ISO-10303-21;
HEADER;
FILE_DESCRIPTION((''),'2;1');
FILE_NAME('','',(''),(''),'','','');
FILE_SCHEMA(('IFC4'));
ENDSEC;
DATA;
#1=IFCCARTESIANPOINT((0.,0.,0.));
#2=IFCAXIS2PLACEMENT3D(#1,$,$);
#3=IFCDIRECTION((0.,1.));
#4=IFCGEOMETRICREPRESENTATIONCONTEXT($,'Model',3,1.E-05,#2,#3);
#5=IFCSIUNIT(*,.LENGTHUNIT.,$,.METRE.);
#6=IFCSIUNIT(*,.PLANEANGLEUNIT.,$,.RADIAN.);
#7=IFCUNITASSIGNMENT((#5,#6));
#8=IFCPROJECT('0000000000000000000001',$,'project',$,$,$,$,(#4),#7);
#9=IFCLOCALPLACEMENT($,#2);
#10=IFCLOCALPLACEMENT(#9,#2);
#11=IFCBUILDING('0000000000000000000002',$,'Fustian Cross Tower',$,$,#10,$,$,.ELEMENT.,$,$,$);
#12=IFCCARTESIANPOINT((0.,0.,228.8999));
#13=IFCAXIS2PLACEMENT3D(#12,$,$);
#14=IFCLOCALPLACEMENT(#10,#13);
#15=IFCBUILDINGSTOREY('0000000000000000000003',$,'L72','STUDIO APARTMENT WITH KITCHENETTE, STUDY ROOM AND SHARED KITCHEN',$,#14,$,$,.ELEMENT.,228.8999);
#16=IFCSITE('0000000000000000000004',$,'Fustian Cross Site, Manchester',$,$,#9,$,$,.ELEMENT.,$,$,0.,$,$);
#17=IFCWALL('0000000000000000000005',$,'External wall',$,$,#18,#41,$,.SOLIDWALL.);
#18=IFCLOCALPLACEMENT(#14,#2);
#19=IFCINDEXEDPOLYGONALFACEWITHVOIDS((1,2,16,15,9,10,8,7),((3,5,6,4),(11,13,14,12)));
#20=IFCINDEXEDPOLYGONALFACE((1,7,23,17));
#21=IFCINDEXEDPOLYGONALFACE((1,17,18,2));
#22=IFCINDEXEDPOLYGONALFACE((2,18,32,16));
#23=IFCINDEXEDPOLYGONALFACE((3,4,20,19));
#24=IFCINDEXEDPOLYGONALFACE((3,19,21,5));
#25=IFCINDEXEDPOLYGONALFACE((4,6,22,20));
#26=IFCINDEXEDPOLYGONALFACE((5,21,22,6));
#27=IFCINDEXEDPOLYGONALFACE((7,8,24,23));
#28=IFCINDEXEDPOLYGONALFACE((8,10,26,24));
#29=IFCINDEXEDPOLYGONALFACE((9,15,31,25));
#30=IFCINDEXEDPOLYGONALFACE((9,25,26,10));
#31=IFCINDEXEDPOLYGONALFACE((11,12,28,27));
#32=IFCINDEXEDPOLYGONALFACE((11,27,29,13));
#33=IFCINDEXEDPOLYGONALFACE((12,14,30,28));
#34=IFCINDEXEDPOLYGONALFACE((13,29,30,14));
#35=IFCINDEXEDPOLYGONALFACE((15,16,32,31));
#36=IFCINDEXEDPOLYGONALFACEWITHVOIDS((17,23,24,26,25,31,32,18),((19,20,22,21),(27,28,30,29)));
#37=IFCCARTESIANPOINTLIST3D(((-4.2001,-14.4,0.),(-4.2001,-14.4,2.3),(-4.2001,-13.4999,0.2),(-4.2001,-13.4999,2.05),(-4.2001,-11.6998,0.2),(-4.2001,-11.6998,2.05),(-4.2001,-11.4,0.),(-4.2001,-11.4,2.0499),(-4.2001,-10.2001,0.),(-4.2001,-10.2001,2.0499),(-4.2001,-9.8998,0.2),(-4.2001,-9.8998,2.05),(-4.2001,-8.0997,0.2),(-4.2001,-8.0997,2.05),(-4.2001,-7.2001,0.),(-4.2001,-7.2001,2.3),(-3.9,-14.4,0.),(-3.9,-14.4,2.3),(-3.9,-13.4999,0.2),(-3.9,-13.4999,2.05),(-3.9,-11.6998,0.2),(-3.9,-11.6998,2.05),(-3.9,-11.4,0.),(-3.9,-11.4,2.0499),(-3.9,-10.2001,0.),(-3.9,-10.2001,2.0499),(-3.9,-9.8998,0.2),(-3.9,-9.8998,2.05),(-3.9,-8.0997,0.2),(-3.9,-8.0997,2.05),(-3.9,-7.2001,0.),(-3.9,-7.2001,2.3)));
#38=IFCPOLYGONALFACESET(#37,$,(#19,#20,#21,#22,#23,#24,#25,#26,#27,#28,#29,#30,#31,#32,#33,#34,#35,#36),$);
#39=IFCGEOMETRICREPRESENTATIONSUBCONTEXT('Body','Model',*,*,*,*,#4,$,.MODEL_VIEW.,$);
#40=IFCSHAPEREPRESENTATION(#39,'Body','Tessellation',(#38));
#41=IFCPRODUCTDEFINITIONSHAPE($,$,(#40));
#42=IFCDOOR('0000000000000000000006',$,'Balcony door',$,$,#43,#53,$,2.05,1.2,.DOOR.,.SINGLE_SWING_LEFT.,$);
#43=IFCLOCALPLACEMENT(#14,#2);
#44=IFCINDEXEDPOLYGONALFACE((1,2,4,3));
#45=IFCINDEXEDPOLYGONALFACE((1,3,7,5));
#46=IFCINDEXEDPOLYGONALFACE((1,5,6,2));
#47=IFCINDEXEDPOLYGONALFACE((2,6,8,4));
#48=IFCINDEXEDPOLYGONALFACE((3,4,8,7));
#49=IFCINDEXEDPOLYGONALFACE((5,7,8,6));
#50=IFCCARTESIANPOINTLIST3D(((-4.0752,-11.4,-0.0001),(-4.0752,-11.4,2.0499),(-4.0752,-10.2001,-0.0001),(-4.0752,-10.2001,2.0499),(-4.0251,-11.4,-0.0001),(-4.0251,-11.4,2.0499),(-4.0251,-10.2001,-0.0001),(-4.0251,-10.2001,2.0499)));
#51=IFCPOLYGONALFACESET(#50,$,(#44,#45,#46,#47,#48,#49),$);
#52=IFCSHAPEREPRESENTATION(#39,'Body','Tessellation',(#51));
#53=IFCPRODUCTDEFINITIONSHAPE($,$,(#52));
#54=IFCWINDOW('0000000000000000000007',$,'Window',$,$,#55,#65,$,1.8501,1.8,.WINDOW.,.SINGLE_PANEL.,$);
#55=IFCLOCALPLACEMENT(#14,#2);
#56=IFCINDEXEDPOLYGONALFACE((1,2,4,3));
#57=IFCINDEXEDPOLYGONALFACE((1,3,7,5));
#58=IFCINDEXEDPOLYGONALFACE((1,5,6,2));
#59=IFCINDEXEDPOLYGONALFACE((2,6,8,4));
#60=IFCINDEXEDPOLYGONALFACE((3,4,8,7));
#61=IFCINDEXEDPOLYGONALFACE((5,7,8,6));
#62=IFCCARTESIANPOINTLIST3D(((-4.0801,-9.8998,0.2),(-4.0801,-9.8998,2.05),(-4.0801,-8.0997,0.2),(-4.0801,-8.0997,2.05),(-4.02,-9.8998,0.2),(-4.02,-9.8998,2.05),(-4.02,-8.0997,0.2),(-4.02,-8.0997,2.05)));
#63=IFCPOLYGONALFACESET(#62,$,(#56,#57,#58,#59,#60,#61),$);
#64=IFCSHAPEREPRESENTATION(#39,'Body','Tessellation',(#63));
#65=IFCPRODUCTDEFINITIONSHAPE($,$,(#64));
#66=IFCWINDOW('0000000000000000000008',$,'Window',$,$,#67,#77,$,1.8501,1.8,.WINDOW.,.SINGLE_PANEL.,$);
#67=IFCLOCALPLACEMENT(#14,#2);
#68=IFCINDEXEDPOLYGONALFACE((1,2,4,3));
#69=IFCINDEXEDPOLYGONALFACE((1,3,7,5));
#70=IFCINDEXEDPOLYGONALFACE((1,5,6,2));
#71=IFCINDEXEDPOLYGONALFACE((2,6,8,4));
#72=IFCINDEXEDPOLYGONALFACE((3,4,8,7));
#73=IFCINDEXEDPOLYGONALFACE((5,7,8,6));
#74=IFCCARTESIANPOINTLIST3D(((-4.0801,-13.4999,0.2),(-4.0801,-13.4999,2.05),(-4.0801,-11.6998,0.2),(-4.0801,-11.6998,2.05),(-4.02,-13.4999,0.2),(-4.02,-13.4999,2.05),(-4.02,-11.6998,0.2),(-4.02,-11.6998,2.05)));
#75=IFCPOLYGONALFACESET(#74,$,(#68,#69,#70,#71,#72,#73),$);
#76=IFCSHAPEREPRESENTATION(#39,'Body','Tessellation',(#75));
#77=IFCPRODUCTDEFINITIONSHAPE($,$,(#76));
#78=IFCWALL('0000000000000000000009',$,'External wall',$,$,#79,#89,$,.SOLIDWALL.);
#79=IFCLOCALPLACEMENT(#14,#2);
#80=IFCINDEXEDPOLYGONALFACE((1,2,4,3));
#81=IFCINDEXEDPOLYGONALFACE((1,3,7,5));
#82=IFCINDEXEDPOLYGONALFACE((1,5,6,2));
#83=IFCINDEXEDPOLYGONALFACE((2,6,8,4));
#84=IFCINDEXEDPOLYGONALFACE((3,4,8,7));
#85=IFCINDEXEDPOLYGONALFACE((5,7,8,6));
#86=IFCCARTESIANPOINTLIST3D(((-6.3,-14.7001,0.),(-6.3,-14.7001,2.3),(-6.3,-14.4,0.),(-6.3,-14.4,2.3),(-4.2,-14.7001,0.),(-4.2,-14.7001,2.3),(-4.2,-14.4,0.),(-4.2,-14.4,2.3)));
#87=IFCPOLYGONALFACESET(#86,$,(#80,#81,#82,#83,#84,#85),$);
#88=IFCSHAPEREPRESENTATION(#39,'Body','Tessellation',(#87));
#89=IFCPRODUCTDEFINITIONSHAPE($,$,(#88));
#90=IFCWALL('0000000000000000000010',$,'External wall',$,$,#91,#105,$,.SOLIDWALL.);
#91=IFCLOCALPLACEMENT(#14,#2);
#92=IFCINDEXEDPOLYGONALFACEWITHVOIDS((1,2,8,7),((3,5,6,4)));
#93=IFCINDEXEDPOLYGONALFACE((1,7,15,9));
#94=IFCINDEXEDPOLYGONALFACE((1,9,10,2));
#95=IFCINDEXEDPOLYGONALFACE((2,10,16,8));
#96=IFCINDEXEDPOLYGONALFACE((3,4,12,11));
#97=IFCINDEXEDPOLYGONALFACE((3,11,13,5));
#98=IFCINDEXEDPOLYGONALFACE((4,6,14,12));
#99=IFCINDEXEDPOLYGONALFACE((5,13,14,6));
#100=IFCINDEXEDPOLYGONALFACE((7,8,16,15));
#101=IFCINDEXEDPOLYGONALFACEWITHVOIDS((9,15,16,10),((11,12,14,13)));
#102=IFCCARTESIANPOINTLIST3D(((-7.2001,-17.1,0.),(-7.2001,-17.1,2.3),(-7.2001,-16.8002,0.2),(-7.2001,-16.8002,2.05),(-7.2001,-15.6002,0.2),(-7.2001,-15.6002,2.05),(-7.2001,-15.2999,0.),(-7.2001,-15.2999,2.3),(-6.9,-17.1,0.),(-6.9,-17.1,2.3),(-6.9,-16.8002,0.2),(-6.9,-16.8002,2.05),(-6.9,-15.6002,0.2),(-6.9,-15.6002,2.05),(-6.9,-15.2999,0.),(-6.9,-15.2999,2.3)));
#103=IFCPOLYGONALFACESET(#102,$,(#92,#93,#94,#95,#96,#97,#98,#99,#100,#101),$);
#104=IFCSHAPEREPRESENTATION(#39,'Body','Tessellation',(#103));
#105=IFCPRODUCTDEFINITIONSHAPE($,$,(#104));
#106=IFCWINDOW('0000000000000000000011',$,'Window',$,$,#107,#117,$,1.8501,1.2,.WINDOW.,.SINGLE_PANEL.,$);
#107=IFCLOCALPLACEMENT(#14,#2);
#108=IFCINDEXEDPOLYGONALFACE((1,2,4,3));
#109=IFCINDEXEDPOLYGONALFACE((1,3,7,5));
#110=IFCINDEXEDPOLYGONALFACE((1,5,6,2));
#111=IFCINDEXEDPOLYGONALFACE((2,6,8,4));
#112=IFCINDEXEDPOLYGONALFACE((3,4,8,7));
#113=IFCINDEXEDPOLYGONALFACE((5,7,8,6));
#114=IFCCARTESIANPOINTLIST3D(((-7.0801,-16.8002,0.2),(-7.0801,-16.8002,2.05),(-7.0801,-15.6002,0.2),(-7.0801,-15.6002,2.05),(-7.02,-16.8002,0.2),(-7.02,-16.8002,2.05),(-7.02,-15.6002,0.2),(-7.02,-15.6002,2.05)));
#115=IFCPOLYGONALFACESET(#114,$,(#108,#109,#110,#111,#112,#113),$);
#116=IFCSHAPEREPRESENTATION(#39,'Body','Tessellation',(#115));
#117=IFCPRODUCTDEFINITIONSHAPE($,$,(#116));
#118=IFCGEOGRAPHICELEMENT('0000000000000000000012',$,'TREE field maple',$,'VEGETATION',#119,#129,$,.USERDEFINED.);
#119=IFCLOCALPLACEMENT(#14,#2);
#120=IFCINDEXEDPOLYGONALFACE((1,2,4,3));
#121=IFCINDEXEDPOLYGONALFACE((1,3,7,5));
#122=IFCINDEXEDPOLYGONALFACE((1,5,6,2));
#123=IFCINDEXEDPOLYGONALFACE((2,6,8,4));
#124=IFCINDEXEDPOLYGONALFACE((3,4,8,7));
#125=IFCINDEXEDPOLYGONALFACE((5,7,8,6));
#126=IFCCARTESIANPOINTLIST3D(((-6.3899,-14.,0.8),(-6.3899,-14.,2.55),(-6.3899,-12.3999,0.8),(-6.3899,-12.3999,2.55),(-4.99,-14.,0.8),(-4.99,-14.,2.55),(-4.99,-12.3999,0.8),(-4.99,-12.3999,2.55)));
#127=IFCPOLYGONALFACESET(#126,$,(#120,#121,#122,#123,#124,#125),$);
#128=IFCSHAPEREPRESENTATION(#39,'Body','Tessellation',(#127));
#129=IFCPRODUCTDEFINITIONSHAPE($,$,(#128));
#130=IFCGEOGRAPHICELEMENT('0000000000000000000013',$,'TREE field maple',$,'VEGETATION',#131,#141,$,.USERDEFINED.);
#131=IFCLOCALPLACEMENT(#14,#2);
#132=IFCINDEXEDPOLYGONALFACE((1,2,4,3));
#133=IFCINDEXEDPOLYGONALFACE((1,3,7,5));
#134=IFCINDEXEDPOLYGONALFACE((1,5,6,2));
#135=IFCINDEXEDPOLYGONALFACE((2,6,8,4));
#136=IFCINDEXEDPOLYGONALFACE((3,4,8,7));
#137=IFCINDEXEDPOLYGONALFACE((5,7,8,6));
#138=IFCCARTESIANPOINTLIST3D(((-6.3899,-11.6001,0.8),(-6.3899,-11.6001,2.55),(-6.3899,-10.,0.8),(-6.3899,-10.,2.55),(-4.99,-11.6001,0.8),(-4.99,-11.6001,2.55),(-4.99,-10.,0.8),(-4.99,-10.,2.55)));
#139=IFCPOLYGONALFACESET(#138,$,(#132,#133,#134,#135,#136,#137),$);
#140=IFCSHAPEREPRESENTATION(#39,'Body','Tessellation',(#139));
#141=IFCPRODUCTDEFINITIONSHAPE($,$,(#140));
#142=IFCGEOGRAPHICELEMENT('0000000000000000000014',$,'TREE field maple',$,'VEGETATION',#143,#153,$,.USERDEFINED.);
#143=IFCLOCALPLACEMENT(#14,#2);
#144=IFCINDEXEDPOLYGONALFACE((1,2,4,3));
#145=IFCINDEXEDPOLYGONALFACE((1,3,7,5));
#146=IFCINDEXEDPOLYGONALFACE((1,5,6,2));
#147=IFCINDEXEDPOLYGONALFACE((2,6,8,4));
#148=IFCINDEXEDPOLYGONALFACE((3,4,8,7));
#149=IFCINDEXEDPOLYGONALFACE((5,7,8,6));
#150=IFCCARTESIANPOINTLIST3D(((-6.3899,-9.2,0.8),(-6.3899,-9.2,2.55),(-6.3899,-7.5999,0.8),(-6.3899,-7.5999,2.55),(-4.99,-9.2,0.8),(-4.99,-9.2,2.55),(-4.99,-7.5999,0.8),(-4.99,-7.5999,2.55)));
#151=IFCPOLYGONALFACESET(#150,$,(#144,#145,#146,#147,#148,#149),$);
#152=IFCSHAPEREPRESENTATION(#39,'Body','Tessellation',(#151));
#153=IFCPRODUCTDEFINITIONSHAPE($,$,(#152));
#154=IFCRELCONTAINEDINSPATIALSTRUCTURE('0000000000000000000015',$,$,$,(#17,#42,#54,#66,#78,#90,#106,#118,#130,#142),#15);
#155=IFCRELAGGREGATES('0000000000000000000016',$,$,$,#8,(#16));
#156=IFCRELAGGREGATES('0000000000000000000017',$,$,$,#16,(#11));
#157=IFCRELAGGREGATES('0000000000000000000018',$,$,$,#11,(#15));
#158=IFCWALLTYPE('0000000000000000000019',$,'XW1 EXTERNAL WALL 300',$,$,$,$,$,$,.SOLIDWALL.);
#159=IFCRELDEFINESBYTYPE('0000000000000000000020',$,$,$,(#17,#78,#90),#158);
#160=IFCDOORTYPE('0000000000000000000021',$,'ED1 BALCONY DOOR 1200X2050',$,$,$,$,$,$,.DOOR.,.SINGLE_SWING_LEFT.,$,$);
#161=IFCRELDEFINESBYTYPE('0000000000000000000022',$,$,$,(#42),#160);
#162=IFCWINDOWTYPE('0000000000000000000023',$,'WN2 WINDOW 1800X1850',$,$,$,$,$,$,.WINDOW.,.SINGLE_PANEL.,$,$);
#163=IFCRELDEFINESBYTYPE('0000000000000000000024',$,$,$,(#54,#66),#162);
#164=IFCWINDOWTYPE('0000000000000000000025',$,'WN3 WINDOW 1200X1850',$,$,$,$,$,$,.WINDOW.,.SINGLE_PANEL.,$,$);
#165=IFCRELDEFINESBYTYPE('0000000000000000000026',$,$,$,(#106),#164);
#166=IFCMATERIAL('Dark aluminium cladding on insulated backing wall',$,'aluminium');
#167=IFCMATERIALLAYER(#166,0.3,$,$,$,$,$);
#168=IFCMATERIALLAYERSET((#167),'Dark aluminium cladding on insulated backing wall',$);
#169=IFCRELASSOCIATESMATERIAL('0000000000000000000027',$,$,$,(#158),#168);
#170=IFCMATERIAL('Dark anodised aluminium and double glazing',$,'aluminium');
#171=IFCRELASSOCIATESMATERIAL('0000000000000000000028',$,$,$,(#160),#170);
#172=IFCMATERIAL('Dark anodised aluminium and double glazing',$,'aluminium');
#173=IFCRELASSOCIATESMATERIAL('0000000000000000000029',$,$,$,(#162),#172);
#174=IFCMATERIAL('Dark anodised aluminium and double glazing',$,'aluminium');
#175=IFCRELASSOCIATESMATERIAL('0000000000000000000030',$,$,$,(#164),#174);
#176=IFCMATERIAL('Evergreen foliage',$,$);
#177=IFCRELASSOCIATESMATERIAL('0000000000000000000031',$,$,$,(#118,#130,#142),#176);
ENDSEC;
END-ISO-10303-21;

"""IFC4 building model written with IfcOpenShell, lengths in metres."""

from ifc_helpers import new_model, si_unit, direction, frame, frame_2d, origin, origin_2d, place, context, subcontext, project, spatial, rectangle, extrude, material, layer, layer_set, type_object, element, fill, save


model = new_model("IFC4")

# Units and contexts
model_context = context("Model", 3, precision=1e-05, world=origin(), true_north=direction((0.0, 1.0)))
body_context = subcontext(model_context, "Body", "Model", "MODEL_VIEW")
ifc_project = project(units=[si_unit("LENGTHUNIT", "METRE"), si_unit("PLANEANGLEUNIT", "RADIAN")], contexts=[model_context])

# Site, building, storey
site_placement = place(None, origin())
site = spatial("IfcSite", under=ifc_project, at=site_placement, Name="Fustian Cross Site, Manchester", CompositionType="ELEMENT", RefElevation=0.0)
building_placement = place(site_placement, origin())
building = spatial("IfcBuilding", under=site, at=building_placement, Name="Fustian Cross Tower", CompositionType="ELEMENT")
storey_placement = place(building_placement, frame((0.0, 0.0, 228.8999)))
storey = spatial("IfcBuildingStorey", under=building, at=storey_placement, Name="L72", Description="STUDIO APARTMENT WITH KITCHENETTE, STUDY ROOM AND SHARED KITCHEN", CompositionType="ELEMENT", Elevation=228.8999)

# Wall, openings, door, windows
ifc_material_1 = material(Name="Dark aluminium cladding on insulated backing wall", Category="aluminium")
ifc_layer_1 = layer(ifc_material_1, 0.3)
ifc_layer_set_1 = layer_set([ifc_layer_1], Name="Dark aluminium cladding on insulated backing wall")
wall_type_1 = type_object("IfcWallType", Name="XW1 EXTERNAL WALL 300", PredefinedType="SOLIDWALL", material=ifc_layer_set_1)
wall_1_placement = place(storey_placement, frame((-4.05, -7.2, 0.0), z_axis=(0.0, 0.0, 1.0), x_axis=(0.0, -1.0, 0.0)))
wall_1 = element("IfcWall", 1, at=wall_1_placement, inside=storey, type_object=wall_type_1, Name="External wall", PredefinedType="SOLIDWALL", context=body_context, shape_type="SweptSolid", body=[
    extrude(rectangle(XDim=7.2, YDim=0.3, at=frame_2d((3.6001, 0.0))), origin(), (0.0, 0.0, 1.0), 2.3),
])
opening_1_placement = place(wall_1_placement, frame((3.0, 0.0, 0.0)))
opening_1 = element("IfcOpeningElement", 2, at=opening_1_placement, cuts=wall_1, PredefinedType="OPENING", context=body_context, shape_type="SweptSolid", body=[
    extrude(rectangle(XDim=1.2, YDim=2.05, at=frame_2d((0.6001, 1.0249))), frame((0.0, 0.1599, 0.0), z_axis=(0.0, -1.0, 0.0), x_axis=(1.0, 0.0, 0.0)), (0.0, 0.0, 1.0), 0.3201),
])
opening_2_placement = place(wall_1_placement, frame((0.8999, 0.0, 0.2)))
opening_2 = element("IfcOpeningElement", 3, at=opening_2_placement, cuts=wall_1, PredefinedType="OPENING", context=body_context, shape_type="SweptSolid", body=[
    extrude(rectangle(XDim=1.8, YDim=1.8501, at=frame_2d((0.8999, 0.925))), frame((0.0, 0.1599, 0.0), z_axis=(0.0, -1.0, 0.0), x_axis=(1.0, 0.0, 0.0)), (0.0, 0.0, 1.0), 0.3201),
])
opening_3_placement = place(wall_1_placement, frame((4.5, 0.0, 0.2)))
opening_3 = element("IfcOpeningElement", 4, at=opening_3_placement, cuts=wall_1, PredefinedType="OPENING", context=body_context, shape_type="SweptSolid", body=[
    extrude(rectangle(XDim=1.8, YDim=1.8501, at=frame_2d((0.8999, 0.925))), frame((0.0, 0.1599, 0.0), z_axis=(0.0, -1.0, 0.0), x_axis=(1.0, 0.0, 0.0)), (0.0, 0.0, 1.0), 0.3201),
])
ifc_material_2 = material(Name="Dark anodised aluminium and double glazing", Category="aluminium")
door_type = type_object("IfcDoorType", Name="ED1 BALCONY DOOR 1200X2050", OperationType="SINGLE_SWING_LEFT", PredefinedType="DOOR", material=ifc_material_2)
door_placement = place(opening_1_placement, origin())
door = element("IfcDoor", 5, at=door_placement, inside=storey, type_object=door_type, Name="Balcony door", OperationType="SINGLE_SWING_LEFT", OverallHeight=2.05, OverallWidth=1.2, PredefinedType="DOOR", context=body_context, shape_type="SweptSolid", body=[
    extrude(rectangle(XDim=1.2, YDim=2.05, at=frame_2d((0.6001, 1.0249))), frame((0.0, 0.0249, 0.0), z_axis=(0.0, -1.0, 0.0), x_axis=(1.0, 0.0, 0.0)), (0.0, 0.0, 1.0), 0.05),
])
fill(opening_1, door)
ifc_material_3 = material(Name="Dark anodised aluminium and double glazing", Category="aluminium")
window_type_1 = type_object("IfcWindowType", Name="WN2 WINDOW 1800X1850", PartitioningType="SINGLE_PANEL", PredefinedType="WINDOW", material=ifc_material_3)
window_1_placement = place(opening_2_placement, origin())
window_1 = element("IfcWindow", 6, at=window_1_placement, inside=storey, type_object=window_type_1, Name="Window", OverallHeight=1.8501, OverallWidth=1.8, PartitioningType="SINGLE_PANEL", PredefinedType="WINDOW", context=body_context, shape_type="SweptSolid", body=[
    extrude(rectangle(XDim=1.8, YDim=1.8501, at=frame_2d((0.8999, 0.925))), frame((0.0, 0.03, 0.0), z_axis=(0.0, -1.0, 0.0), x_axis=(1.0, 0.0, 0.0)), (0.0, 0.0, 1.0), 0.0601),
])
fill(opening_2, window_1)
window_2_placement = place(opening_3_placement, origin())
window_2 = element("IfcWindow", 7, at=window_2_placement, inside=storey, type_object=window_type_1, Name="Window", OverallHeight=1.8501, OverallWidth=1.8, PartitioningType="SINGLE_PANEL", PredefinedType="WINDOW", context=body_context, shape_type="SweptSolid", body=[
    extrude(rectangle(XDim=1.8, YDim=1.8501, at=frame_2d((0.8999, 0.925))), frame((0.0, 0.03, 0.0), z_axis=(0.0, -1.0, 0.0), x_axis=(1.0, 0.0, 0.0)), (0.0, 0.0, 1.0), 0.0601),
])
fill(opening_3, window_2)

# Wall
wall_2_placement = place(storey_placement, frame((-4.2, -14.55, 0.0), z_axis=(0.0, 0.0, 1.0), x_axis=(-1.0, 0.0, 0.0)))
element("IfcWall", 8, at=wall_2_placement, inside=storey, type_object=wall_type_1, Name="External wall", PredefinedType="SOLIDWALL", context=body_context, shape_type="SweptSolid", body=[
    extrude(rectangle(XDim=2.1001, YDim=0.3, at=frame_2d((1.05, 0.0))), origin(), (0.0, 0.0, 1.0), 2.3),
])

# Wall, opening, window
wall_3_placement = place(storey_placement, frame((-7.05, -15.3, 0.0), z_axis=(0.0, 0.0, 1.0), x_axis=(0.0, -1.0, 0.0)))
wall_3 = element("IfcWall", 9, at=wall_3_placement, inside=storey, type_object=wall_type_1, Name="External wall", PredefinedType="SOLIDWALL", context=body_context, shape_type="SweptSolid", body=[
    extrude(rectangle(XDim=1.8, YDim=0.3, at=frame_2d((0.8999, 0.0))), origin(), (0.0, 0.0, 1.0), 2.3),
])
opening_4_placement = place(wall_3_placement, frame((0.3, 0.0, 0.2)))
opening_4 = element("IfcOpeningElement", 10, at=opening_4_placement, cuts=wall_3, PredefinedType="OPENING", context=body_context, shape_type="SweptSolid", body=[
    extrude(rectangle(XDim=1.2, YDim=1.8501, at=frame_2d((0.6001, 0.925))), frame((0.0, 0.1599, 0.0), z_axis=(0.0, -1.0, 0.0), x_axis=(1.0, 0.0, 0.0)), (0.0, 0.0, 1.0), 0.3201),
])
ifc_material_4 = material(Name="Dark anodised aluminium and double glazing", Category="aluminium")
window_type_2 = type_object("IfcWindowType", Name="WN3 WINDOW 1200X1850", PartitioningType="SINGLE_PANEL", PredefinedType="WINDOW", material=ifc_material_4)
window_3_placement = place(opening_4_placement, origin())
window_3 = element("IfcWindow", 11, at=window_3_placement, inside=storey, type_object=window_type_2, Name="Window", OverallHeight=1.8501, OverallWidth=1.2, PartitioningType="SINGLE_PANEL", PredefinedType="WINDOW", context=body_context, shape_type="SweptSolid", body=[
    extrude(rectangle(XDim=1.2, YDim=1.8501, at=frame_2d((0.6001, 0.925))), frame((0.0, 0.03, 0.0), z_axis=(0.0, -1.0, 0.0), x_axis=(1.0, 0.0, 0.0)), (0.0, 0.0, 1.0), 0.0601),
])
fill(opening_4, window_3)

# Geographic elements
ifc_material_5 = material(Name="Evergreen foliage")
for number, where, z_axis, x_axis, name in (
    (12, (-5.6899, -13.2, 0.8), (0.0, 0.0, 1.0), (1.0, 0.0, 0.0), "TREE field maple"),
    (13, (-5.6899, -10.8, 0.8), (0.0, 0.0, 1.0), (1.0, 0.0, 0.0), "TREE field maple"),
    (14, (-5.6899, -8.3999, 0.8), (0.0, 0.0, 1.0), (1.0, 0.0, 0.0), "TREE field maple"),
):
    element("IfcGeographicElement", number, at=place(storey_placement, frame(where, z_axis=z_axis, x_axis=x_axis)), inside=storey, material=ifc_material_5, Name=name, ObjectType="VEGETATION", PredefinedType="USERDEFINED", context=body_context, shape_type="SweptSolid", body=[
        extrude(rectangle(XDim=1.3999, YDim=1.6001, at=origin_2d()), origin(), (0.0, 0.0, 1.0), 1.75),
    ])

save(model, "model.ifc")
